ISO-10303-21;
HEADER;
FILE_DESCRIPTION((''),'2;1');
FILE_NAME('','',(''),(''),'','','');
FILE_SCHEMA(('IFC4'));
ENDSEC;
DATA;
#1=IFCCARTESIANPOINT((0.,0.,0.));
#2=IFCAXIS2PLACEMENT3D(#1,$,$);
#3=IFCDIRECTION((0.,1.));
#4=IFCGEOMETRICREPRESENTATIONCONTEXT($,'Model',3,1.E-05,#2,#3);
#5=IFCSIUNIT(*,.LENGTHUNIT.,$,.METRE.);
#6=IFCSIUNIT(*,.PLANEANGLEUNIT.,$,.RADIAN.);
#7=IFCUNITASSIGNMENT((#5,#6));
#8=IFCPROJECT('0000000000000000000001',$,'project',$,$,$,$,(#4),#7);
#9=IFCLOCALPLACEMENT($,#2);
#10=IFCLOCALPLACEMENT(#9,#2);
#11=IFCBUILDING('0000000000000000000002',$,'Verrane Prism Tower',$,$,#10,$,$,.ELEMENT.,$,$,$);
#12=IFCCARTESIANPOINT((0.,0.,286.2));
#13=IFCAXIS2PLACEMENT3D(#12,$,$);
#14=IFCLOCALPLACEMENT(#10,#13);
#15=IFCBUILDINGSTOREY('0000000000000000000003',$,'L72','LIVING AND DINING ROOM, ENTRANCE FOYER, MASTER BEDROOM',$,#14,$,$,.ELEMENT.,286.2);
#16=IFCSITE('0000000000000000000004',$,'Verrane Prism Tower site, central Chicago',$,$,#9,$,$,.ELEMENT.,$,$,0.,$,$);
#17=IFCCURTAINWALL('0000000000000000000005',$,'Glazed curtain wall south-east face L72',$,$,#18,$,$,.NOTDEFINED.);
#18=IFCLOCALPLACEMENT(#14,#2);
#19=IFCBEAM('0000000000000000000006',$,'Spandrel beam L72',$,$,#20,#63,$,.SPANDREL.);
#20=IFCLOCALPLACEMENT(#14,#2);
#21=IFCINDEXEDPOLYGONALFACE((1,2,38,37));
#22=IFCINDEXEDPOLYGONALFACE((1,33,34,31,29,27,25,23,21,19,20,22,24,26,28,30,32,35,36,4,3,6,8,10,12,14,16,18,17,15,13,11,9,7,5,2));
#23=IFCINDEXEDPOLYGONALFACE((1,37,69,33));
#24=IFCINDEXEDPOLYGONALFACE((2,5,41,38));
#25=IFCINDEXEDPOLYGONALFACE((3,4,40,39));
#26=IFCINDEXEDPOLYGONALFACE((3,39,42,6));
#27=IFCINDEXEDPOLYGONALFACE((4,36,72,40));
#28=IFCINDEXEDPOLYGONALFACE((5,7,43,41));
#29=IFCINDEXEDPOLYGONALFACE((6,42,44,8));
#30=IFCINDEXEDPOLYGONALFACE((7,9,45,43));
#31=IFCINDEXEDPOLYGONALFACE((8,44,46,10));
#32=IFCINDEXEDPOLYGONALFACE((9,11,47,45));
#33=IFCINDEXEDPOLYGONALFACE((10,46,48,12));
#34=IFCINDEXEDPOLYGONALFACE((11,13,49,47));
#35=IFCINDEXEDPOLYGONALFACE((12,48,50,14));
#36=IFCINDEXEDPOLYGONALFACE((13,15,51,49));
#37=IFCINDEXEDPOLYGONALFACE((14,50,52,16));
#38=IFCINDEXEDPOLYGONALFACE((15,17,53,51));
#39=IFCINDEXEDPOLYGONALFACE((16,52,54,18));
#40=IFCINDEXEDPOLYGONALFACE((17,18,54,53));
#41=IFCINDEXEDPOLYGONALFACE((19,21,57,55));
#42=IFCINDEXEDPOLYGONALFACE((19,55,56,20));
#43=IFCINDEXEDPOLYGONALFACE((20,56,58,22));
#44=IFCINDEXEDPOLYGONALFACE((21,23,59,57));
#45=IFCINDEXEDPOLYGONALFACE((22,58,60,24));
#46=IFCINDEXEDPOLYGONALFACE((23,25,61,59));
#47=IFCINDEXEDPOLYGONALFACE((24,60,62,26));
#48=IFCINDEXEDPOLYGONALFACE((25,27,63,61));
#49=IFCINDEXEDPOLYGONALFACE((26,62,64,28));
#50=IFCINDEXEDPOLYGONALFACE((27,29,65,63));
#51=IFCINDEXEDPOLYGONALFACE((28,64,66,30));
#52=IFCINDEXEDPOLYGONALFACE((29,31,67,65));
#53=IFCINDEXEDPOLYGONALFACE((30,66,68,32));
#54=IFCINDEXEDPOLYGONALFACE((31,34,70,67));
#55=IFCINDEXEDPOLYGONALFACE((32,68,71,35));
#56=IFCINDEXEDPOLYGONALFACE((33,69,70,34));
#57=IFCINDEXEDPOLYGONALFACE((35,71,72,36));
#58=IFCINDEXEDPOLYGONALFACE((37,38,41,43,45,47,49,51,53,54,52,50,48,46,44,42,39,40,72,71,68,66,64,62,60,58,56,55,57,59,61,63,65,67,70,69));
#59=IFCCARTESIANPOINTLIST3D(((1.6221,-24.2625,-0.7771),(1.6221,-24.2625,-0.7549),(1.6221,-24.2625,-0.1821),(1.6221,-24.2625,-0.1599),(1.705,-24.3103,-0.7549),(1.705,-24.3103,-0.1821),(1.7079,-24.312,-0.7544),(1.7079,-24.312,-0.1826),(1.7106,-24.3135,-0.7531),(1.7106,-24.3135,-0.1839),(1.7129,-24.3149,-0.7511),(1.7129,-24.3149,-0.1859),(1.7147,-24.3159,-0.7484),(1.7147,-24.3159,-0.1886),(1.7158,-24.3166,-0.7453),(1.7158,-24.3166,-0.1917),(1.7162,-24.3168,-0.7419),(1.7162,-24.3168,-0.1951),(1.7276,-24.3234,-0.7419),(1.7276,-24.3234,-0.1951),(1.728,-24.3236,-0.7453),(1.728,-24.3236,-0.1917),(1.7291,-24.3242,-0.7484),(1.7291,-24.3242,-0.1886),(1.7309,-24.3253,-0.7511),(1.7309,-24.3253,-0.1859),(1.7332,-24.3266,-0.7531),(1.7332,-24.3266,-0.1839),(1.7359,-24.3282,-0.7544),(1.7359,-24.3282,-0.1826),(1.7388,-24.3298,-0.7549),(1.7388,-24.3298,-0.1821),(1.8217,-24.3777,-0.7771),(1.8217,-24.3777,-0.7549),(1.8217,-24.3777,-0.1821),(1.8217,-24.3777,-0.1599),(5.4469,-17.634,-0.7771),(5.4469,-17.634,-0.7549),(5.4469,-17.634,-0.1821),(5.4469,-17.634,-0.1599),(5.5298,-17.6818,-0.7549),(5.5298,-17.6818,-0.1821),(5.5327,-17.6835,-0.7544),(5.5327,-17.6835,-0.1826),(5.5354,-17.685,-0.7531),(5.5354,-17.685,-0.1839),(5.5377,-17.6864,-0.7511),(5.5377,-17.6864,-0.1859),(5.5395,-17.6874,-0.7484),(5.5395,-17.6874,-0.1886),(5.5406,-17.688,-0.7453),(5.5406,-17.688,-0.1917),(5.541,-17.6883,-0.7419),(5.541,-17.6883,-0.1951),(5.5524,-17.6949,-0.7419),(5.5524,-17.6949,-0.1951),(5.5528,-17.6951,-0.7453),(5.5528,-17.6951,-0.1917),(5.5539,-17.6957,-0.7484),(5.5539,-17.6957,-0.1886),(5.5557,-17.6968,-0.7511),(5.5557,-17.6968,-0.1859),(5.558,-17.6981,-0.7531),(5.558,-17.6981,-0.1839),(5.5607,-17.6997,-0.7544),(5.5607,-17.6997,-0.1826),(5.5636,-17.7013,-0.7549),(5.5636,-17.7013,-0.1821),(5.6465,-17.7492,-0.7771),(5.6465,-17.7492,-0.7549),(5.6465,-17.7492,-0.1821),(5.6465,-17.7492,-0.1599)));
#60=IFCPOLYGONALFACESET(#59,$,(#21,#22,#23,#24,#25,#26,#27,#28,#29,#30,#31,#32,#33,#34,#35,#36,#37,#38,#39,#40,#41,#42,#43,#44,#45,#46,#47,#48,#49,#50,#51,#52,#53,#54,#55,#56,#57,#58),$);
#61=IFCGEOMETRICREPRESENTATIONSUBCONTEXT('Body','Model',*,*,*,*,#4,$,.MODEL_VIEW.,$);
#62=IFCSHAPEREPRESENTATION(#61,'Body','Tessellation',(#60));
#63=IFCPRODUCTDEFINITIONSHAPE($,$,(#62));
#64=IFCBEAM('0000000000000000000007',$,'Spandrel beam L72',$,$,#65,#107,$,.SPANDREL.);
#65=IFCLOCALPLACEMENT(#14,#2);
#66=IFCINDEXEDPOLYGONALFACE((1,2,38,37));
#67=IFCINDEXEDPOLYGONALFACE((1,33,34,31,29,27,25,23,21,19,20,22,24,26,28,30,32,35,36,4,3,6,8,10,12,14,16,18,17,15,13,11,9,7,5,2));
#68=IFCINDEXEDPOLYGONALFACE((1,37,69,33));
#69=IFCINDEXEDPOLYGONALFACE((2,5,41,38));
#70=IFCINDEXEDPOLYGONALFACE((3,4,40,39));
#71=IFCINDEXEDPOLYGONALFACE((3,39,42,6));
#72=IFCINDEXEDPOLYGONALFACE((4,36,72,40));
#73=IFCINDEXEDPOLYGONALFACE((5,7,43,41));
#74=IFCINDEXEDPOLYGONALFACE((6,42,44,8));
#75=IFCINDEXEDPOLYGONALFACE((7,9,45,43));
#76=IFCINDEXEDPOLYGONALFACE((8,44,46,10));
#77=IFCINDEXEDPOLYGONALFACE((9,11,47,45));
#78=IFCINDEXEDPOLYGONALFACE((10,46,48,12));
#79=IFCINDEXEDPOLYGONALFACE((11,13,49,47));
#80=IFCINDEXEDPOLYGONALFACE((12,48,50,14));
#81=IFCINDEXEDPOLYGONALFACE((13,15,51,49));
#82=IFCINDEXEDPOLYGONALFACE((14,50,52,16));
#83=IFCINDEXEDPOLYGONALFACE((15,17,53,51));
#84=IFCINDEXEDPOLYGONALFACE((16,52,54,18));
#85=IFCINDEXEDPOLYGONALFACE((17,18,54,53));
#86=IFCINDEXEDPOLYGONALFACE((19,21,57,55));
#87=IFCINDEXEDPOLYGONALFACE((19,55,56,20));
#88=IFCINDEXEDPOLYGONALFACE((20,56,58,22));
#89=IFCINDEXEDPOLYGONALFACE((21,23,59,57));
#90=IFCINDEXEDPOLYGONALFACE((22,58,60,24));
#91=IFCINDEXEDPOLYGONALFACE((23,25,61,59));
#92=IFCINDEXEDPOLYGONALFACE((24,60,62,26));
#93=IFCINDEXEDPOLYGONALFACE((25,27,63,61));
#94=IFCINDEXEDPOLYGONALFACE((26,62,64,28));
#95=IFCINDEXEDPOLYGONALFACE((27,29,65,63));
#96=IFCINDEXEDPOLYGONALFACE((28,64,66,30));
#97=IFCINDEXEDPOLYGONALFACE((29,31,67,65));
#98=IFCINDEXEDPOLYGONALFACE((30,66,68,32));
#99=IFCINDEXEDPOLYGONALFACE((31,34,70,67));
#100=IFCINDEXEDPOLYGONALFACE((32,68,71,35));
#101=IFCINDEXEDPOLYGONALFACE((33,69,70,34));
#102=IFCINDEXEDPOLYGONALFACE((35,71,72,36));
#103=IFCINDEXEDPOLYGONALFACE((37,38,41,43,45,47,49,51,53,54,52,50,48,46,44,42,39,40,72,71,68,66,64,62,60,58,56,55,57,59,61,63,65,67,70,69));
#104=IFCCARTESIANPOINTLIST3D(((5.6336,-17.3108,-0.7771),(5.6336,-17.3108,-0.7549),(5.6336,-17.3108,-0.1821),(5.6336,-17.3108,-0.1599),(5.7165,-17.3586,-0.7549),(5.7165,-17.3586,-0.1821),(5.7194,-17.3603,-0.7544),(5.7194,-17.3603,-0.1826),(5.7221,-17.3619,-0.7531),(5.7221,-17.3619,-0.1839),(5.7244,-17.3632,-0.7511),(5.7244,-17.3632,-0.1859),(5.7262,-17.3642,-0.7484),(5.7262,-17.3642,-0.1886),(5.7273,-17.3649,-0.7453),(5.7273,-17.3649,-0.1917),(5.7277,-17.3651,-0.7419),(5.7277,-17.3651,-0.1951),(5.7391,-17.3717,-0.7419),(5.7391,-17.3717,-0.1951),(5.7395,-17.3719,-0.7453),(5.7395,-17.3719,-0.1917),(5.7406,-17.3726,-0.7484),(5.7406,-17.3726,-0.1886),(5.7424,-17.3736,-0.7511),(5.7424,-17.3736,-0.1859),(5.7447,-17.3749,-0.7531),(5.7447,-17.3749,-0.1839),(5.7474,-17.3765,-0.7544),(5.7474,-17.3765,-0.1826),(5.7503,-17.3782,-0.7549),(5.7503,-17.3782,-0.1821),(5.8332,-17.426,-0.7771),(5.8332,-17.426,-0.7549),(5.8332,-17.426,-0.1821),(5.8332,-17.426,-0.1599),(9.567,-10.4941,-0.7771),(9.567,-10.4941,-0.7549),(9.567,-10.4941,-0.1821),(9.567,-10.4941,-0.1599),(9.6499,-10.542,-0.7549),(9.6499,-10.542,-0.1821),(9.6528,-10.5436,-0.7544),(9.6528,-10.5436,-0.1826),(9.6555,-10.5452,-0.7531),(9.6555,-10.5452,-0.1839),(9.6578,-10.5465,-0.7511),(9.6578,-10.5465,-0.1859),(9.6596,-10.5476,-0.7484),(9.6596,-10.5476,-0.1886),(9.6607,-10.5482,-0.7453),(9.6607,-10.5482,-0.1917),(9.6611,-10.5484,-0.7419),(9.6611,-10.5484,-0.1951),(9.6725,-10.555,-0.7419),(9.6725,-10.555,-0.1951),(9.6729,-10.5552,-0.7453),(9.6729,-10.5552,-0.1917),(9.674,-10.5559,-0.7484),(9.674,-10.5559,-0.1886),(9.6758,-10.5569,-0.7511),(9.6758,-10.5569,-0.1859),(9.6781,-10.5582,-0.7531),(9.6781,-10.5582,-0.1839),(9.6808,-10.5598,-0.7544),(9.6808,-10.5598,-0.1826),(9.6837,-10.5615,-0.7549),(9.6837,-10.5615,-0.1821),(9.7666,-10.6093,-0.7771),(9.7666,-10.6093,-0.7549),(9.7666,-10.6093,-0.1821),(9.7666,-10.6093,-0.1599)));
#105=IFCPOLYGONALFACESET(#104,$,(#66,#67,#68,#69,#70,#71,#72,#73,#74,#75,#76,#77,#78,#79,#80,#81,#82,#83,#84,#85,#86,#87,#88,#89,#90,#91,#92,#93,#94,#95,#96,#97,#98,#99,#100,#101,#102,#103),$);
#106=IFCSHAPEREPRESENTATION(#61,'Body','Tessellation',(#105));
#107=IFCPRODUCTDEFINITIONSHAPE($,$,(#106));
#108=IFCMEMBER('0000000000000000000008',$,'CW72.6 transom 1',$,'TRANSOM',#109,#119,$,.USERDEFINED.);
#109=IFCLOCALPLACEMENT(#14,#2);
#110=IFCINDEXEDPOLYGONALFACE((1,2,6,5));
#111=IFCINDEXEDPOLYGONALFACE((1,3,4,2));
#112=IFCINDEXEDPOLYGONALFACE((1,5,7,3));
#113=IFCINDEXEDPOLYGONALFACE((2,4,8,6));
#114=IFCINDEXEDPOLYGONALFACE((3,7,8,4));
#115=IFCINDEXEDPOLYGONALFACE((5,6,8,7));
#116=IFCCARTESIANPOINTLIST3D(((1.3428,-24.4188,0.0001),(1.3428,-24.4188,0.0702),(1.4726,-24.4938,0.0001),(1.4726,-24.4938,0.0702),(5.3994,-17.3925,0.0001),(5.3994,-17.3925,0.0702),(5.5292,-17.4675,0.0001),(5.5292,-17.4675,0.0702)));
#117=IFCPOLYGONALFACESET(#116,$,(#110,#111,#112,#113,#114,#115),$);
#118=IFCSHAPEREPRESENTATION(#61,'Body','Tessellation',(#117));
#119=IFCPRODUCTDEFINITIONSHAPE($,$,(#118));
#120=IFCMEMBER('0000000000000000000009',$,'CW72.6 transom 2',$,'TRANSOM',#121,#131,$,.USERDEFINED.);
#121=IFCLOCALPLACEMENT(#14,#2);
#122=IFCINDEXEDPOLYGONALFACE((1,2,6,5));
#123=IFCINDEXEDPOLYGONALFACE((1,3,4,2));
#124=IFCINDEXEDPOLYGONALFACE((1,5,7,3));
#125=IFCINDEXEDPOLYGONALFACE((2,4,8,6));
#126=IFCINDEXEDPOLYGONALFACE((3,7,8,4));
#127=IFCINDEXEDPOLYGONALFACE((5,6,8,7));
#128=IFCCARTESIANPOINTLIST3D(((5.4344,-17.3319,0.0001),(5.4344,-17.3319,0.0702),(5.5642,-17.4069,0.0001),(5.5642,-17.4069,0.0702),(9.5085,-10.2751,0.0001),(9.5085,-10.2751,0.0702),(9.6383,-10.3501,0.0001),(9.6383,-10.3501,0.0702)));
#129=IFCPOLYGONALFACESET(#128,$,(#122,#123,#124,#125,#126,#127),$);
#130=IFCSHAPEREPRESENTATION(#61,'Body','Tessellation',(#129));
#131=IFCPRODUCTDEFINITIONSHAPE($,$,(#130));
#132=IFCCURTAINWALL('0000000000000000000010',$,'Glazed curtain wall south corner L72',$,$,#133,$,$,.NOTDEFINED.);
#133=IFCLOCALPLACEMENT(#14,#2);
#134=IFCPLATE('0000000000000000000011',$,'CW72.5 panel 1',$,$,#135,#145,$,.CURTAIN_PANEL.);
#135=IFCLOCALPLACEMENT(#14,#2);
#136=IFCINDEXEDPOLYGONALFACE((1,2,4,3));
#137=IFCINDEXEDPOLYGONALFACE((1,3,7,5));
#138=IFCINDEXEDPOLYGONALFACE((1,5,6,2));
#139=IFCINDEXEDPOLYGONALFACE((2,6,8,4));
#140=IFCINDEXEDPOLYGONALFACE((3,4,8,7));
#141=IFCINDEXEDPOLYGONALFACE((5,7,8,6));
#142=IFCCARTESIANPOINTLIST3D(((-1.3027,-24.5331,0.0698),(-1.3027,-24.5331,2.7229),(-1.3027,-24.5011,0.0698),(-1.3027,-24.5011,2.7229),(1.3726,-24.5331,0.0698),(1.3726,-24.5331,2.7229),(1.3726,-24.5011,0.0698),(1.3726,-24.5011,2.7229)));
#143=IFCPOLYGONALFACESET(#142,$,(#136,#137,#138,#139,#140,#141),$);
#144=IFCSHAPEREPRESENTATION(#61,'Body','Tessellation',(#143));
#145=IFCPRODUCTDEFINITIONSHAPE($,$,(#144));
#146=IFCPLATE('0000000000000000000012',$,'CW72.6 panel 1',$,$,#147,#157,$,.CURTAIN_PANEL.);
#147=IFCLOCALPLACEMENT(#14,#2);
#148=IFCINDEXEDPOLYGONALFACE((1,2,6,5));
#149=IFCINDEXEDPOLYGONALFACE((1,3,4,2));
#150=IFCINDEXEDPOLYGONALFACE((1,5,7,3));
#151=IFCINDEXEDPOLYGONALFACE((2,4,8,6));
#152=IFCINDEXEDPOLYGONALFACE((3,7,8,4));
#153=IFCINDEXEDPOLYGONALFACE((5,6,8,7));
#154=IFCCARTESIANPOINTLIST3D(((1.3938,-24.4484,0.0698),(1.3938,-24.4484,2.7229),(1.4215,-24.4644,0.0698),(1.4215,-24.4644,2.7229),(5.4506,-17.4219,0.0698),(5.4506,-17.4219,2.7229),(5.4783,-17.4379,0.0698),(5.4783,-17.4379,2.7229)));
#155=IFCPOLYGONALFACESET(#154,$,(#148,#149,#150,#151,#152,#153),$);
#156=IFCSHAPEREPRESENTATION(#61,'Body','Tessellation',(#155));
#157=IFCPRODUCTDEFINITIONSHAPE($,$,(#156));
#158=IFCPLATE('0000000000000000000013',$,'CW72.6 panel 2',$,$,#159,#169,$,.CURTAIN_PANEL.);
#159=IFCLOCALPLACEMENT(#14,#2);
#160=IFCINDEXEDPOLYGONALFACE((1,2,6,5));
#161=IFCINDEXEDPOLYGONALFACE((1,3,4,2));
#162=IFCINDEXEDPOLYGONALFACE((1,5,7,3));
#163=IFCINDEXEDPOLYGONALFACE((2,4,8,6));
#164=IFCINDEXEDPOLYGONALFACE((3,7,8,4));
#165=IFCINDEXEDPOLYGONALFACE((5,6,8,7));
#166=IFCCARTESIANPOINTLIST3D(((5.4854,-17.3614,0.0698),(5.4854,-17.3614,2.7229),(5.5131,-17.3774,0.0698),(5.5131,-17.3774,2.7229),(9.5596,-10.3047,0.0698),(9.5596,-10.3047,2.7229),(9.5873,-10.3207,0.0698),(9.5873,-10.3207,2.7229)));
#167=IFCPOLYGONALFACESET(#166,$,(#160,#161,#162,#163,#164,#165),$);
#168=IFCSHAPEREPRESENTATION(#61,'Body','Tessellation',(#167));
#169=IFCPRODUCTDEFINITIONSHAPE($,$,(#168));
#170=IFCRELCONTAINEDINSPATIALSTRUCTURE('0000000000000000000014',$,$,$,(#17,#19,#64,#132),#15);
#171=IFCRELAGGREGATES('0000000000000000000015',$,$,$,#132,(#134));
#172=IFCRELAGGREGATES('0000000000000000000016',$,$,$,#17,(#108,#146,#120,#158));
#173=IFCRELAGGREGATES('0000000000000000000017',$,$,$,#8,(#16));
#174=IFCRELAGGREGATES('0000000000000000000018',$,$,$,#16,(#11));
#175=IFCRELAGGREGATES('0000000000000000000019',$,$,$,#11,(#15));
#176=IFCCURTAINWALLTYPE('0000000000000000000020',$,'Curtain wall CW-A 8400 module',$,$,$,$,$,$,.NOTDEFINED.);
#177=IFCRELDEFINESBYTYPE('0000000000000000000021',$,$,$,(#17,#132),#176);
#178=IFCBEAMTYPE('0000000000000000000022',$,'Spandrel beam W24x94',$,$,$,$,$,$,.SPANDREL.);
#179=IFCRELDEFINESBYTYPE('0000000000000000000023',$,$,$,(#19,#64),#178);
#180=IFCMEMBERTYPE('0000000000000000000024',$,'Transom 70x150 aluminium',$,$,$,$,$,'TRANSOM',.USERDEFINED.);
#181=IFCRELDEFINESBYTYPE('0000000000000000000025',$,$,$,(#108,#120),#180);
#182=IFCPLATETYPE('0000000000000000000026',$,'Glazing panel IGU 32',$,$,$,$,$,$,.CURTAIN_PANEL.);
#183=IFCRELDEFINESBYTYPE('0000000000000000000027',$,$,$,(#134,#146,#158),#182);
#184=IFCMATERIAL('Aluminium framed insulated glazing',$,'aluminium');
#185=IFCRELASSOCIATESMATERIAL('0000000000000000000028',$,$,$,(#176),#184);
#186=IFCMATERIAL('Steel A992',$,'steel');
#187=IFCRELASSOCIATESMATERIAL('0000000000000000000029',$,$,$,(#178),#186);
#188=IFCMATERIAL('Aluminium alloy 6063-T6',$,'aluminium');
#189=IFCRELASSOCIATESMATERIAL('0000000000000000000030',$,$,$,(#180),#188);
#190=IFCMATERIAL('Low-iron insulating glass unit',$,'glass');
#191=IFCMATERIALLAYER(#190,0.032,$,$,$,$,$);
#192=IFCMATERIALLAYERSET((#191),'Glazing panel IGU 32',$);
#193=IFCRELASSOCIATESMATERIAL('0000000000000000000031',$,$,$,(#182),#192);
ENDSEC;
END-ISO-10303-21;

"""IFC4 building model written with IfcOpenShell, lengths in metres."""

from ifc_helpers import new_model, si_unit, direction, frame, origin, origin_2d, place, context, subcontext, project, spatial, rectangle, i_section, extrude, material, layer, layer_set, material_profile, profile_set, type_object, element, aggregate, save


model = new_model("IFC4")

# Units and contexts
model_context = context("Model", 3, precision=1e-05, world=origin(), true_north=direction((0.0, 1.0)))
body_context = subcontext(model_context, "Body", "Model", "MODEL_VIEW")
ifc_project = project(units=[si_unit("LENGTHUNIT", "METRE"), si_unit("PLANEANGLEUNIT", "RADIAN")], contexts=[model_context])

# Site, building, storey
site_placement = place(None, origin())
site = spatial("IfcSite", under=ifc_project, at=site_placement, Name="Verrane Prism Tower site, central Chicago", CompositionType="ELEMENT", RefElevation=0.0)
building_placement = place(site_placement, origin())
building = spatial("IfcBuilding", under=site, at=building_placement, Name="Verrane Prism Tower", CompositionType="ELEMENT")
storey_placement = place(building_placement, frame((0.0, 0.0, 286.2)))
storey = spatial("IfcBuildingStorey", under=building, at=storey_placement, Name="L72", Description="LIVING AND DINING ROOM, ENTRANCE FOYER, MASTER BEDROOM", CompositionType="ELEMENT", Elevation=286.2)

# Curtain wall
ifc_material_1 = material(Name="Aluminium framed insulated glazing", Category="aluminium")
curtain_wall_type = type_object("IfcCurtainWallType", Name="Curtain wall CW-A 8400 module", PredefinedType="NOTDEFINED", material=ifc_material_1)
curtain_wall_1_placement = place(storey_placement, origin())
curtain_wall_1 = element("IfcCurtainWall", 1, at=curtain_wall_1_placement, inside=storey, type_object=curtain_wall_type, Name="Glazed curtain wall south-east face L72", PredefinedType="NOTDEFINED")

# Beams
ifc_material_2 = material(Name="Steel A992", Category="steel")
ifc_material_profile_1 = material_profile(ifc_material_2, i_section(OverallWidth=0.2305, OverallDepth=0.6172, WebThickness=0.0132, FlangeThickness=0.0222, FilletRadius=0.0129, at=origin_2d()), Name="W24x94")
ifc_profile_set_1 = profile_set([ifc_material_profile_1], Name="Steel A992")
beam_type_1 = type_object("IfcBeamType", Name="Spandrel beam W24x94", PredefinedType="SPANDREL", material=ifc_profile_set_1)
beam_1_placement = place(storey_placement, frame((1.7219, -24.3201, -0.4685), z_axis=(0.499783, 0.866151, 0.0), x_axis=(-0.866151, 0.499783, 0.0)))
element("IfcBeam", 2, at=beam_1_placement, inside=storey, type_object=beam_type_1, Name="Spandrel beam L72", PredefinedType="SPANDREL", context=body_context, shape_type="SweptSolid", body=[
    extrude(i_section(OverallWidth=0.2305, OverallDepth=0.6172, WebThickness=0.0132, FlangeThickness=0.0222, FilletRadius=0.0129, at=origin_2d()), origin(), (0.0, 0.0, 1.0), 7.6528),
])
beam_2_placement = place(storey_placement, frame((5.7334, -17.3684, -0.4685), z_axis=(0.499786, 0.866149, 0.0), x_axis=(-0.866149, 0.499786, 0.0)))
element("IfcBeam", 3, at=beam_2_placement, inside=storey, type_object=beam_type_1, Name="Spandrel beam L72", PredefinedType="SPANDREL", context=body_context, shape_type="SweptSolid", body=[
    extrude(i_section(OverallWidth=0.2305, OverallDepth=0.6172, WebThickness=0.0132, FlangeThickness=0.0222, FilletRadius=0.0129, at=origin_2d()), origin(), (0.0, 0.0, 1.0), 7.8701),
])

# Members
ifc_material_3 = material(Name="Aluminium alloy 6063-T6", Category="aluminium")
ifc_material_profile_2 = material_profile(ifc_material_3, rectangle(XDim=0.1499, YDim=0.0701, at=origin_2d()), Name="Transom 70x150 aluminium")
ifc_profile_set_2 = profile_set([ifc_material_profile_2], Name="Aluminium alloy 6063-T6")
member_type_1 = type_object("IfcMemberType", Name="Transom 70x150 aluminium", ElementType="TRANSOM", PredefinedType="USERDEFINED", material=ifc_profile_set_2)
member_1_placement = place(storey_placement, frame((1.4077, -24.4563, 0.0352), z_axis=(0.499997, 0.866027, 0.0), x_axis=(-0.866027, 0.499997, 0.0)))
member_1 = element("IfcMember", 4, at=member_1_placement, type_object=member_type_1, Name="CW72.6 transom 1", ObjectType="TRANSOM", PredefinedType="USERDEFINED", context=body_context, shape_type="SweptSolid", body=[
    extrude(rectangle(XDim=0.1499, YDim=0.0701, at=origin_2d()), origin(), (0.0, 0.0, 1.0), 8.1133),
])
member_2_placement = place(storey_placement, frame((5.4993, -17.3694, 0.0352), z_axis=(0.499993, 0.866029, 0.0), x_axis=(-0.866029, 0.499993, 0.0)))
member_2 = element("IfcMember", 5, at=member_2_placement, type_object=member_type_1, Name="CW72.6 transom 2", ObjectType="TRANSOM", PredefinedType="USERDEFINED", context=body_context, shape_type="SweptSolid", body=[
    extrude(rectangle(XDim=0.1499, YDim=0.0701, at=origin_2d()), origin(), (0.0, 0.0, 1.0), 8.1484),
])

# Curtain wall, plate
curtain_wall_2_placement = place(storey_placement, origin())
curtain_wall_2 = element("IfcCurtainWall", 6, at=curtain_wall_2_placement, inside=storey, type_object=curtain_wall_type, Name="Glazed curtain wall south corner L72", PredefinedType="NOTDEFINED")
ifc_material_4 = material(Name="Low-iron insulating glass unit", Category="glass")
ifc_layer_1 = layer(ifc_material_4, 0.032)
ifc_layer_set_1 = layer_set([ifc_layer_1], Name="Glazing panel IGU 32")
plate_type = type_object("IfcPlateType", Name="Glazing panel IGU 32", PredefinedType="CURTAIN_PANEL", material=ifc_layer_set_1)
plate_1_placement = place(storey_placement, frame((0.0349, -24.5171, 0.0698), z_axis=(0.0, 0.0, 1.0), x_axis=(1.0, 0.0, 0.0)))
plate_1 = element("IfcPlate", 7, at=plate_1_placement, type_object=plate_type, Name="CW72.5 panel 1", PredefinedType="CURTAIN_PANEL", context=body_context, shape_type="SweptSolid", body=[
    extrude(rectangle(XDim=2.6753, YDim=0.032, at=origin_2d()), origin(), (0.0, 0.0, 1.0), 2.6531),
])
aggregate(curtain_wall_2, [plate_1])

# Plates
plate_2_placement = place(storey_placement, frame((3.436, -20.9431, 0.0698), z_axis=(0.0, 0.0, 1.0), x_axis=(0.500001, 0.866025, 0.0)))
plate_2 = element("IfcPlate", 8, at=plate_2_placement, type_object=plate_type, Name="CW72.6 panel 1", PredefinedType="CURTAIN_PANEL", context=body_context, shape_type="SweptSolid", body=[
    extrude(rectangle(XDim=8.1135, YDim=0.032, at=origin_2d()), origin(), (0.0, 0.0, 1.0), 2.6531),
])
plate_3_placement = place(storey_placement, frame((7.5364, -13.8411, 0.0698), z_axis=(0.0, 0.0, 1.0), x_axis=(0.500001, 0.866025, 0.0)))
plate_3 = element("IfcPlate", 9, at=plate_3_placement, type_object=plate_type, Name="CW72.6 panel 2", PredefinedType="CURTAIN_PANEL", context=body_context, shape_type="SweptSolid", body=[
    extrude(rectangle(XDim=8.1484, YDim=0.032, at=origin_2d()), origin(), (0.0, 0.0, 1.0), 2.6531),
])
aggregate(curtain_wall_1, [member_1, plate_2, member_2, plate_3])

save(model, "model.ifc")
